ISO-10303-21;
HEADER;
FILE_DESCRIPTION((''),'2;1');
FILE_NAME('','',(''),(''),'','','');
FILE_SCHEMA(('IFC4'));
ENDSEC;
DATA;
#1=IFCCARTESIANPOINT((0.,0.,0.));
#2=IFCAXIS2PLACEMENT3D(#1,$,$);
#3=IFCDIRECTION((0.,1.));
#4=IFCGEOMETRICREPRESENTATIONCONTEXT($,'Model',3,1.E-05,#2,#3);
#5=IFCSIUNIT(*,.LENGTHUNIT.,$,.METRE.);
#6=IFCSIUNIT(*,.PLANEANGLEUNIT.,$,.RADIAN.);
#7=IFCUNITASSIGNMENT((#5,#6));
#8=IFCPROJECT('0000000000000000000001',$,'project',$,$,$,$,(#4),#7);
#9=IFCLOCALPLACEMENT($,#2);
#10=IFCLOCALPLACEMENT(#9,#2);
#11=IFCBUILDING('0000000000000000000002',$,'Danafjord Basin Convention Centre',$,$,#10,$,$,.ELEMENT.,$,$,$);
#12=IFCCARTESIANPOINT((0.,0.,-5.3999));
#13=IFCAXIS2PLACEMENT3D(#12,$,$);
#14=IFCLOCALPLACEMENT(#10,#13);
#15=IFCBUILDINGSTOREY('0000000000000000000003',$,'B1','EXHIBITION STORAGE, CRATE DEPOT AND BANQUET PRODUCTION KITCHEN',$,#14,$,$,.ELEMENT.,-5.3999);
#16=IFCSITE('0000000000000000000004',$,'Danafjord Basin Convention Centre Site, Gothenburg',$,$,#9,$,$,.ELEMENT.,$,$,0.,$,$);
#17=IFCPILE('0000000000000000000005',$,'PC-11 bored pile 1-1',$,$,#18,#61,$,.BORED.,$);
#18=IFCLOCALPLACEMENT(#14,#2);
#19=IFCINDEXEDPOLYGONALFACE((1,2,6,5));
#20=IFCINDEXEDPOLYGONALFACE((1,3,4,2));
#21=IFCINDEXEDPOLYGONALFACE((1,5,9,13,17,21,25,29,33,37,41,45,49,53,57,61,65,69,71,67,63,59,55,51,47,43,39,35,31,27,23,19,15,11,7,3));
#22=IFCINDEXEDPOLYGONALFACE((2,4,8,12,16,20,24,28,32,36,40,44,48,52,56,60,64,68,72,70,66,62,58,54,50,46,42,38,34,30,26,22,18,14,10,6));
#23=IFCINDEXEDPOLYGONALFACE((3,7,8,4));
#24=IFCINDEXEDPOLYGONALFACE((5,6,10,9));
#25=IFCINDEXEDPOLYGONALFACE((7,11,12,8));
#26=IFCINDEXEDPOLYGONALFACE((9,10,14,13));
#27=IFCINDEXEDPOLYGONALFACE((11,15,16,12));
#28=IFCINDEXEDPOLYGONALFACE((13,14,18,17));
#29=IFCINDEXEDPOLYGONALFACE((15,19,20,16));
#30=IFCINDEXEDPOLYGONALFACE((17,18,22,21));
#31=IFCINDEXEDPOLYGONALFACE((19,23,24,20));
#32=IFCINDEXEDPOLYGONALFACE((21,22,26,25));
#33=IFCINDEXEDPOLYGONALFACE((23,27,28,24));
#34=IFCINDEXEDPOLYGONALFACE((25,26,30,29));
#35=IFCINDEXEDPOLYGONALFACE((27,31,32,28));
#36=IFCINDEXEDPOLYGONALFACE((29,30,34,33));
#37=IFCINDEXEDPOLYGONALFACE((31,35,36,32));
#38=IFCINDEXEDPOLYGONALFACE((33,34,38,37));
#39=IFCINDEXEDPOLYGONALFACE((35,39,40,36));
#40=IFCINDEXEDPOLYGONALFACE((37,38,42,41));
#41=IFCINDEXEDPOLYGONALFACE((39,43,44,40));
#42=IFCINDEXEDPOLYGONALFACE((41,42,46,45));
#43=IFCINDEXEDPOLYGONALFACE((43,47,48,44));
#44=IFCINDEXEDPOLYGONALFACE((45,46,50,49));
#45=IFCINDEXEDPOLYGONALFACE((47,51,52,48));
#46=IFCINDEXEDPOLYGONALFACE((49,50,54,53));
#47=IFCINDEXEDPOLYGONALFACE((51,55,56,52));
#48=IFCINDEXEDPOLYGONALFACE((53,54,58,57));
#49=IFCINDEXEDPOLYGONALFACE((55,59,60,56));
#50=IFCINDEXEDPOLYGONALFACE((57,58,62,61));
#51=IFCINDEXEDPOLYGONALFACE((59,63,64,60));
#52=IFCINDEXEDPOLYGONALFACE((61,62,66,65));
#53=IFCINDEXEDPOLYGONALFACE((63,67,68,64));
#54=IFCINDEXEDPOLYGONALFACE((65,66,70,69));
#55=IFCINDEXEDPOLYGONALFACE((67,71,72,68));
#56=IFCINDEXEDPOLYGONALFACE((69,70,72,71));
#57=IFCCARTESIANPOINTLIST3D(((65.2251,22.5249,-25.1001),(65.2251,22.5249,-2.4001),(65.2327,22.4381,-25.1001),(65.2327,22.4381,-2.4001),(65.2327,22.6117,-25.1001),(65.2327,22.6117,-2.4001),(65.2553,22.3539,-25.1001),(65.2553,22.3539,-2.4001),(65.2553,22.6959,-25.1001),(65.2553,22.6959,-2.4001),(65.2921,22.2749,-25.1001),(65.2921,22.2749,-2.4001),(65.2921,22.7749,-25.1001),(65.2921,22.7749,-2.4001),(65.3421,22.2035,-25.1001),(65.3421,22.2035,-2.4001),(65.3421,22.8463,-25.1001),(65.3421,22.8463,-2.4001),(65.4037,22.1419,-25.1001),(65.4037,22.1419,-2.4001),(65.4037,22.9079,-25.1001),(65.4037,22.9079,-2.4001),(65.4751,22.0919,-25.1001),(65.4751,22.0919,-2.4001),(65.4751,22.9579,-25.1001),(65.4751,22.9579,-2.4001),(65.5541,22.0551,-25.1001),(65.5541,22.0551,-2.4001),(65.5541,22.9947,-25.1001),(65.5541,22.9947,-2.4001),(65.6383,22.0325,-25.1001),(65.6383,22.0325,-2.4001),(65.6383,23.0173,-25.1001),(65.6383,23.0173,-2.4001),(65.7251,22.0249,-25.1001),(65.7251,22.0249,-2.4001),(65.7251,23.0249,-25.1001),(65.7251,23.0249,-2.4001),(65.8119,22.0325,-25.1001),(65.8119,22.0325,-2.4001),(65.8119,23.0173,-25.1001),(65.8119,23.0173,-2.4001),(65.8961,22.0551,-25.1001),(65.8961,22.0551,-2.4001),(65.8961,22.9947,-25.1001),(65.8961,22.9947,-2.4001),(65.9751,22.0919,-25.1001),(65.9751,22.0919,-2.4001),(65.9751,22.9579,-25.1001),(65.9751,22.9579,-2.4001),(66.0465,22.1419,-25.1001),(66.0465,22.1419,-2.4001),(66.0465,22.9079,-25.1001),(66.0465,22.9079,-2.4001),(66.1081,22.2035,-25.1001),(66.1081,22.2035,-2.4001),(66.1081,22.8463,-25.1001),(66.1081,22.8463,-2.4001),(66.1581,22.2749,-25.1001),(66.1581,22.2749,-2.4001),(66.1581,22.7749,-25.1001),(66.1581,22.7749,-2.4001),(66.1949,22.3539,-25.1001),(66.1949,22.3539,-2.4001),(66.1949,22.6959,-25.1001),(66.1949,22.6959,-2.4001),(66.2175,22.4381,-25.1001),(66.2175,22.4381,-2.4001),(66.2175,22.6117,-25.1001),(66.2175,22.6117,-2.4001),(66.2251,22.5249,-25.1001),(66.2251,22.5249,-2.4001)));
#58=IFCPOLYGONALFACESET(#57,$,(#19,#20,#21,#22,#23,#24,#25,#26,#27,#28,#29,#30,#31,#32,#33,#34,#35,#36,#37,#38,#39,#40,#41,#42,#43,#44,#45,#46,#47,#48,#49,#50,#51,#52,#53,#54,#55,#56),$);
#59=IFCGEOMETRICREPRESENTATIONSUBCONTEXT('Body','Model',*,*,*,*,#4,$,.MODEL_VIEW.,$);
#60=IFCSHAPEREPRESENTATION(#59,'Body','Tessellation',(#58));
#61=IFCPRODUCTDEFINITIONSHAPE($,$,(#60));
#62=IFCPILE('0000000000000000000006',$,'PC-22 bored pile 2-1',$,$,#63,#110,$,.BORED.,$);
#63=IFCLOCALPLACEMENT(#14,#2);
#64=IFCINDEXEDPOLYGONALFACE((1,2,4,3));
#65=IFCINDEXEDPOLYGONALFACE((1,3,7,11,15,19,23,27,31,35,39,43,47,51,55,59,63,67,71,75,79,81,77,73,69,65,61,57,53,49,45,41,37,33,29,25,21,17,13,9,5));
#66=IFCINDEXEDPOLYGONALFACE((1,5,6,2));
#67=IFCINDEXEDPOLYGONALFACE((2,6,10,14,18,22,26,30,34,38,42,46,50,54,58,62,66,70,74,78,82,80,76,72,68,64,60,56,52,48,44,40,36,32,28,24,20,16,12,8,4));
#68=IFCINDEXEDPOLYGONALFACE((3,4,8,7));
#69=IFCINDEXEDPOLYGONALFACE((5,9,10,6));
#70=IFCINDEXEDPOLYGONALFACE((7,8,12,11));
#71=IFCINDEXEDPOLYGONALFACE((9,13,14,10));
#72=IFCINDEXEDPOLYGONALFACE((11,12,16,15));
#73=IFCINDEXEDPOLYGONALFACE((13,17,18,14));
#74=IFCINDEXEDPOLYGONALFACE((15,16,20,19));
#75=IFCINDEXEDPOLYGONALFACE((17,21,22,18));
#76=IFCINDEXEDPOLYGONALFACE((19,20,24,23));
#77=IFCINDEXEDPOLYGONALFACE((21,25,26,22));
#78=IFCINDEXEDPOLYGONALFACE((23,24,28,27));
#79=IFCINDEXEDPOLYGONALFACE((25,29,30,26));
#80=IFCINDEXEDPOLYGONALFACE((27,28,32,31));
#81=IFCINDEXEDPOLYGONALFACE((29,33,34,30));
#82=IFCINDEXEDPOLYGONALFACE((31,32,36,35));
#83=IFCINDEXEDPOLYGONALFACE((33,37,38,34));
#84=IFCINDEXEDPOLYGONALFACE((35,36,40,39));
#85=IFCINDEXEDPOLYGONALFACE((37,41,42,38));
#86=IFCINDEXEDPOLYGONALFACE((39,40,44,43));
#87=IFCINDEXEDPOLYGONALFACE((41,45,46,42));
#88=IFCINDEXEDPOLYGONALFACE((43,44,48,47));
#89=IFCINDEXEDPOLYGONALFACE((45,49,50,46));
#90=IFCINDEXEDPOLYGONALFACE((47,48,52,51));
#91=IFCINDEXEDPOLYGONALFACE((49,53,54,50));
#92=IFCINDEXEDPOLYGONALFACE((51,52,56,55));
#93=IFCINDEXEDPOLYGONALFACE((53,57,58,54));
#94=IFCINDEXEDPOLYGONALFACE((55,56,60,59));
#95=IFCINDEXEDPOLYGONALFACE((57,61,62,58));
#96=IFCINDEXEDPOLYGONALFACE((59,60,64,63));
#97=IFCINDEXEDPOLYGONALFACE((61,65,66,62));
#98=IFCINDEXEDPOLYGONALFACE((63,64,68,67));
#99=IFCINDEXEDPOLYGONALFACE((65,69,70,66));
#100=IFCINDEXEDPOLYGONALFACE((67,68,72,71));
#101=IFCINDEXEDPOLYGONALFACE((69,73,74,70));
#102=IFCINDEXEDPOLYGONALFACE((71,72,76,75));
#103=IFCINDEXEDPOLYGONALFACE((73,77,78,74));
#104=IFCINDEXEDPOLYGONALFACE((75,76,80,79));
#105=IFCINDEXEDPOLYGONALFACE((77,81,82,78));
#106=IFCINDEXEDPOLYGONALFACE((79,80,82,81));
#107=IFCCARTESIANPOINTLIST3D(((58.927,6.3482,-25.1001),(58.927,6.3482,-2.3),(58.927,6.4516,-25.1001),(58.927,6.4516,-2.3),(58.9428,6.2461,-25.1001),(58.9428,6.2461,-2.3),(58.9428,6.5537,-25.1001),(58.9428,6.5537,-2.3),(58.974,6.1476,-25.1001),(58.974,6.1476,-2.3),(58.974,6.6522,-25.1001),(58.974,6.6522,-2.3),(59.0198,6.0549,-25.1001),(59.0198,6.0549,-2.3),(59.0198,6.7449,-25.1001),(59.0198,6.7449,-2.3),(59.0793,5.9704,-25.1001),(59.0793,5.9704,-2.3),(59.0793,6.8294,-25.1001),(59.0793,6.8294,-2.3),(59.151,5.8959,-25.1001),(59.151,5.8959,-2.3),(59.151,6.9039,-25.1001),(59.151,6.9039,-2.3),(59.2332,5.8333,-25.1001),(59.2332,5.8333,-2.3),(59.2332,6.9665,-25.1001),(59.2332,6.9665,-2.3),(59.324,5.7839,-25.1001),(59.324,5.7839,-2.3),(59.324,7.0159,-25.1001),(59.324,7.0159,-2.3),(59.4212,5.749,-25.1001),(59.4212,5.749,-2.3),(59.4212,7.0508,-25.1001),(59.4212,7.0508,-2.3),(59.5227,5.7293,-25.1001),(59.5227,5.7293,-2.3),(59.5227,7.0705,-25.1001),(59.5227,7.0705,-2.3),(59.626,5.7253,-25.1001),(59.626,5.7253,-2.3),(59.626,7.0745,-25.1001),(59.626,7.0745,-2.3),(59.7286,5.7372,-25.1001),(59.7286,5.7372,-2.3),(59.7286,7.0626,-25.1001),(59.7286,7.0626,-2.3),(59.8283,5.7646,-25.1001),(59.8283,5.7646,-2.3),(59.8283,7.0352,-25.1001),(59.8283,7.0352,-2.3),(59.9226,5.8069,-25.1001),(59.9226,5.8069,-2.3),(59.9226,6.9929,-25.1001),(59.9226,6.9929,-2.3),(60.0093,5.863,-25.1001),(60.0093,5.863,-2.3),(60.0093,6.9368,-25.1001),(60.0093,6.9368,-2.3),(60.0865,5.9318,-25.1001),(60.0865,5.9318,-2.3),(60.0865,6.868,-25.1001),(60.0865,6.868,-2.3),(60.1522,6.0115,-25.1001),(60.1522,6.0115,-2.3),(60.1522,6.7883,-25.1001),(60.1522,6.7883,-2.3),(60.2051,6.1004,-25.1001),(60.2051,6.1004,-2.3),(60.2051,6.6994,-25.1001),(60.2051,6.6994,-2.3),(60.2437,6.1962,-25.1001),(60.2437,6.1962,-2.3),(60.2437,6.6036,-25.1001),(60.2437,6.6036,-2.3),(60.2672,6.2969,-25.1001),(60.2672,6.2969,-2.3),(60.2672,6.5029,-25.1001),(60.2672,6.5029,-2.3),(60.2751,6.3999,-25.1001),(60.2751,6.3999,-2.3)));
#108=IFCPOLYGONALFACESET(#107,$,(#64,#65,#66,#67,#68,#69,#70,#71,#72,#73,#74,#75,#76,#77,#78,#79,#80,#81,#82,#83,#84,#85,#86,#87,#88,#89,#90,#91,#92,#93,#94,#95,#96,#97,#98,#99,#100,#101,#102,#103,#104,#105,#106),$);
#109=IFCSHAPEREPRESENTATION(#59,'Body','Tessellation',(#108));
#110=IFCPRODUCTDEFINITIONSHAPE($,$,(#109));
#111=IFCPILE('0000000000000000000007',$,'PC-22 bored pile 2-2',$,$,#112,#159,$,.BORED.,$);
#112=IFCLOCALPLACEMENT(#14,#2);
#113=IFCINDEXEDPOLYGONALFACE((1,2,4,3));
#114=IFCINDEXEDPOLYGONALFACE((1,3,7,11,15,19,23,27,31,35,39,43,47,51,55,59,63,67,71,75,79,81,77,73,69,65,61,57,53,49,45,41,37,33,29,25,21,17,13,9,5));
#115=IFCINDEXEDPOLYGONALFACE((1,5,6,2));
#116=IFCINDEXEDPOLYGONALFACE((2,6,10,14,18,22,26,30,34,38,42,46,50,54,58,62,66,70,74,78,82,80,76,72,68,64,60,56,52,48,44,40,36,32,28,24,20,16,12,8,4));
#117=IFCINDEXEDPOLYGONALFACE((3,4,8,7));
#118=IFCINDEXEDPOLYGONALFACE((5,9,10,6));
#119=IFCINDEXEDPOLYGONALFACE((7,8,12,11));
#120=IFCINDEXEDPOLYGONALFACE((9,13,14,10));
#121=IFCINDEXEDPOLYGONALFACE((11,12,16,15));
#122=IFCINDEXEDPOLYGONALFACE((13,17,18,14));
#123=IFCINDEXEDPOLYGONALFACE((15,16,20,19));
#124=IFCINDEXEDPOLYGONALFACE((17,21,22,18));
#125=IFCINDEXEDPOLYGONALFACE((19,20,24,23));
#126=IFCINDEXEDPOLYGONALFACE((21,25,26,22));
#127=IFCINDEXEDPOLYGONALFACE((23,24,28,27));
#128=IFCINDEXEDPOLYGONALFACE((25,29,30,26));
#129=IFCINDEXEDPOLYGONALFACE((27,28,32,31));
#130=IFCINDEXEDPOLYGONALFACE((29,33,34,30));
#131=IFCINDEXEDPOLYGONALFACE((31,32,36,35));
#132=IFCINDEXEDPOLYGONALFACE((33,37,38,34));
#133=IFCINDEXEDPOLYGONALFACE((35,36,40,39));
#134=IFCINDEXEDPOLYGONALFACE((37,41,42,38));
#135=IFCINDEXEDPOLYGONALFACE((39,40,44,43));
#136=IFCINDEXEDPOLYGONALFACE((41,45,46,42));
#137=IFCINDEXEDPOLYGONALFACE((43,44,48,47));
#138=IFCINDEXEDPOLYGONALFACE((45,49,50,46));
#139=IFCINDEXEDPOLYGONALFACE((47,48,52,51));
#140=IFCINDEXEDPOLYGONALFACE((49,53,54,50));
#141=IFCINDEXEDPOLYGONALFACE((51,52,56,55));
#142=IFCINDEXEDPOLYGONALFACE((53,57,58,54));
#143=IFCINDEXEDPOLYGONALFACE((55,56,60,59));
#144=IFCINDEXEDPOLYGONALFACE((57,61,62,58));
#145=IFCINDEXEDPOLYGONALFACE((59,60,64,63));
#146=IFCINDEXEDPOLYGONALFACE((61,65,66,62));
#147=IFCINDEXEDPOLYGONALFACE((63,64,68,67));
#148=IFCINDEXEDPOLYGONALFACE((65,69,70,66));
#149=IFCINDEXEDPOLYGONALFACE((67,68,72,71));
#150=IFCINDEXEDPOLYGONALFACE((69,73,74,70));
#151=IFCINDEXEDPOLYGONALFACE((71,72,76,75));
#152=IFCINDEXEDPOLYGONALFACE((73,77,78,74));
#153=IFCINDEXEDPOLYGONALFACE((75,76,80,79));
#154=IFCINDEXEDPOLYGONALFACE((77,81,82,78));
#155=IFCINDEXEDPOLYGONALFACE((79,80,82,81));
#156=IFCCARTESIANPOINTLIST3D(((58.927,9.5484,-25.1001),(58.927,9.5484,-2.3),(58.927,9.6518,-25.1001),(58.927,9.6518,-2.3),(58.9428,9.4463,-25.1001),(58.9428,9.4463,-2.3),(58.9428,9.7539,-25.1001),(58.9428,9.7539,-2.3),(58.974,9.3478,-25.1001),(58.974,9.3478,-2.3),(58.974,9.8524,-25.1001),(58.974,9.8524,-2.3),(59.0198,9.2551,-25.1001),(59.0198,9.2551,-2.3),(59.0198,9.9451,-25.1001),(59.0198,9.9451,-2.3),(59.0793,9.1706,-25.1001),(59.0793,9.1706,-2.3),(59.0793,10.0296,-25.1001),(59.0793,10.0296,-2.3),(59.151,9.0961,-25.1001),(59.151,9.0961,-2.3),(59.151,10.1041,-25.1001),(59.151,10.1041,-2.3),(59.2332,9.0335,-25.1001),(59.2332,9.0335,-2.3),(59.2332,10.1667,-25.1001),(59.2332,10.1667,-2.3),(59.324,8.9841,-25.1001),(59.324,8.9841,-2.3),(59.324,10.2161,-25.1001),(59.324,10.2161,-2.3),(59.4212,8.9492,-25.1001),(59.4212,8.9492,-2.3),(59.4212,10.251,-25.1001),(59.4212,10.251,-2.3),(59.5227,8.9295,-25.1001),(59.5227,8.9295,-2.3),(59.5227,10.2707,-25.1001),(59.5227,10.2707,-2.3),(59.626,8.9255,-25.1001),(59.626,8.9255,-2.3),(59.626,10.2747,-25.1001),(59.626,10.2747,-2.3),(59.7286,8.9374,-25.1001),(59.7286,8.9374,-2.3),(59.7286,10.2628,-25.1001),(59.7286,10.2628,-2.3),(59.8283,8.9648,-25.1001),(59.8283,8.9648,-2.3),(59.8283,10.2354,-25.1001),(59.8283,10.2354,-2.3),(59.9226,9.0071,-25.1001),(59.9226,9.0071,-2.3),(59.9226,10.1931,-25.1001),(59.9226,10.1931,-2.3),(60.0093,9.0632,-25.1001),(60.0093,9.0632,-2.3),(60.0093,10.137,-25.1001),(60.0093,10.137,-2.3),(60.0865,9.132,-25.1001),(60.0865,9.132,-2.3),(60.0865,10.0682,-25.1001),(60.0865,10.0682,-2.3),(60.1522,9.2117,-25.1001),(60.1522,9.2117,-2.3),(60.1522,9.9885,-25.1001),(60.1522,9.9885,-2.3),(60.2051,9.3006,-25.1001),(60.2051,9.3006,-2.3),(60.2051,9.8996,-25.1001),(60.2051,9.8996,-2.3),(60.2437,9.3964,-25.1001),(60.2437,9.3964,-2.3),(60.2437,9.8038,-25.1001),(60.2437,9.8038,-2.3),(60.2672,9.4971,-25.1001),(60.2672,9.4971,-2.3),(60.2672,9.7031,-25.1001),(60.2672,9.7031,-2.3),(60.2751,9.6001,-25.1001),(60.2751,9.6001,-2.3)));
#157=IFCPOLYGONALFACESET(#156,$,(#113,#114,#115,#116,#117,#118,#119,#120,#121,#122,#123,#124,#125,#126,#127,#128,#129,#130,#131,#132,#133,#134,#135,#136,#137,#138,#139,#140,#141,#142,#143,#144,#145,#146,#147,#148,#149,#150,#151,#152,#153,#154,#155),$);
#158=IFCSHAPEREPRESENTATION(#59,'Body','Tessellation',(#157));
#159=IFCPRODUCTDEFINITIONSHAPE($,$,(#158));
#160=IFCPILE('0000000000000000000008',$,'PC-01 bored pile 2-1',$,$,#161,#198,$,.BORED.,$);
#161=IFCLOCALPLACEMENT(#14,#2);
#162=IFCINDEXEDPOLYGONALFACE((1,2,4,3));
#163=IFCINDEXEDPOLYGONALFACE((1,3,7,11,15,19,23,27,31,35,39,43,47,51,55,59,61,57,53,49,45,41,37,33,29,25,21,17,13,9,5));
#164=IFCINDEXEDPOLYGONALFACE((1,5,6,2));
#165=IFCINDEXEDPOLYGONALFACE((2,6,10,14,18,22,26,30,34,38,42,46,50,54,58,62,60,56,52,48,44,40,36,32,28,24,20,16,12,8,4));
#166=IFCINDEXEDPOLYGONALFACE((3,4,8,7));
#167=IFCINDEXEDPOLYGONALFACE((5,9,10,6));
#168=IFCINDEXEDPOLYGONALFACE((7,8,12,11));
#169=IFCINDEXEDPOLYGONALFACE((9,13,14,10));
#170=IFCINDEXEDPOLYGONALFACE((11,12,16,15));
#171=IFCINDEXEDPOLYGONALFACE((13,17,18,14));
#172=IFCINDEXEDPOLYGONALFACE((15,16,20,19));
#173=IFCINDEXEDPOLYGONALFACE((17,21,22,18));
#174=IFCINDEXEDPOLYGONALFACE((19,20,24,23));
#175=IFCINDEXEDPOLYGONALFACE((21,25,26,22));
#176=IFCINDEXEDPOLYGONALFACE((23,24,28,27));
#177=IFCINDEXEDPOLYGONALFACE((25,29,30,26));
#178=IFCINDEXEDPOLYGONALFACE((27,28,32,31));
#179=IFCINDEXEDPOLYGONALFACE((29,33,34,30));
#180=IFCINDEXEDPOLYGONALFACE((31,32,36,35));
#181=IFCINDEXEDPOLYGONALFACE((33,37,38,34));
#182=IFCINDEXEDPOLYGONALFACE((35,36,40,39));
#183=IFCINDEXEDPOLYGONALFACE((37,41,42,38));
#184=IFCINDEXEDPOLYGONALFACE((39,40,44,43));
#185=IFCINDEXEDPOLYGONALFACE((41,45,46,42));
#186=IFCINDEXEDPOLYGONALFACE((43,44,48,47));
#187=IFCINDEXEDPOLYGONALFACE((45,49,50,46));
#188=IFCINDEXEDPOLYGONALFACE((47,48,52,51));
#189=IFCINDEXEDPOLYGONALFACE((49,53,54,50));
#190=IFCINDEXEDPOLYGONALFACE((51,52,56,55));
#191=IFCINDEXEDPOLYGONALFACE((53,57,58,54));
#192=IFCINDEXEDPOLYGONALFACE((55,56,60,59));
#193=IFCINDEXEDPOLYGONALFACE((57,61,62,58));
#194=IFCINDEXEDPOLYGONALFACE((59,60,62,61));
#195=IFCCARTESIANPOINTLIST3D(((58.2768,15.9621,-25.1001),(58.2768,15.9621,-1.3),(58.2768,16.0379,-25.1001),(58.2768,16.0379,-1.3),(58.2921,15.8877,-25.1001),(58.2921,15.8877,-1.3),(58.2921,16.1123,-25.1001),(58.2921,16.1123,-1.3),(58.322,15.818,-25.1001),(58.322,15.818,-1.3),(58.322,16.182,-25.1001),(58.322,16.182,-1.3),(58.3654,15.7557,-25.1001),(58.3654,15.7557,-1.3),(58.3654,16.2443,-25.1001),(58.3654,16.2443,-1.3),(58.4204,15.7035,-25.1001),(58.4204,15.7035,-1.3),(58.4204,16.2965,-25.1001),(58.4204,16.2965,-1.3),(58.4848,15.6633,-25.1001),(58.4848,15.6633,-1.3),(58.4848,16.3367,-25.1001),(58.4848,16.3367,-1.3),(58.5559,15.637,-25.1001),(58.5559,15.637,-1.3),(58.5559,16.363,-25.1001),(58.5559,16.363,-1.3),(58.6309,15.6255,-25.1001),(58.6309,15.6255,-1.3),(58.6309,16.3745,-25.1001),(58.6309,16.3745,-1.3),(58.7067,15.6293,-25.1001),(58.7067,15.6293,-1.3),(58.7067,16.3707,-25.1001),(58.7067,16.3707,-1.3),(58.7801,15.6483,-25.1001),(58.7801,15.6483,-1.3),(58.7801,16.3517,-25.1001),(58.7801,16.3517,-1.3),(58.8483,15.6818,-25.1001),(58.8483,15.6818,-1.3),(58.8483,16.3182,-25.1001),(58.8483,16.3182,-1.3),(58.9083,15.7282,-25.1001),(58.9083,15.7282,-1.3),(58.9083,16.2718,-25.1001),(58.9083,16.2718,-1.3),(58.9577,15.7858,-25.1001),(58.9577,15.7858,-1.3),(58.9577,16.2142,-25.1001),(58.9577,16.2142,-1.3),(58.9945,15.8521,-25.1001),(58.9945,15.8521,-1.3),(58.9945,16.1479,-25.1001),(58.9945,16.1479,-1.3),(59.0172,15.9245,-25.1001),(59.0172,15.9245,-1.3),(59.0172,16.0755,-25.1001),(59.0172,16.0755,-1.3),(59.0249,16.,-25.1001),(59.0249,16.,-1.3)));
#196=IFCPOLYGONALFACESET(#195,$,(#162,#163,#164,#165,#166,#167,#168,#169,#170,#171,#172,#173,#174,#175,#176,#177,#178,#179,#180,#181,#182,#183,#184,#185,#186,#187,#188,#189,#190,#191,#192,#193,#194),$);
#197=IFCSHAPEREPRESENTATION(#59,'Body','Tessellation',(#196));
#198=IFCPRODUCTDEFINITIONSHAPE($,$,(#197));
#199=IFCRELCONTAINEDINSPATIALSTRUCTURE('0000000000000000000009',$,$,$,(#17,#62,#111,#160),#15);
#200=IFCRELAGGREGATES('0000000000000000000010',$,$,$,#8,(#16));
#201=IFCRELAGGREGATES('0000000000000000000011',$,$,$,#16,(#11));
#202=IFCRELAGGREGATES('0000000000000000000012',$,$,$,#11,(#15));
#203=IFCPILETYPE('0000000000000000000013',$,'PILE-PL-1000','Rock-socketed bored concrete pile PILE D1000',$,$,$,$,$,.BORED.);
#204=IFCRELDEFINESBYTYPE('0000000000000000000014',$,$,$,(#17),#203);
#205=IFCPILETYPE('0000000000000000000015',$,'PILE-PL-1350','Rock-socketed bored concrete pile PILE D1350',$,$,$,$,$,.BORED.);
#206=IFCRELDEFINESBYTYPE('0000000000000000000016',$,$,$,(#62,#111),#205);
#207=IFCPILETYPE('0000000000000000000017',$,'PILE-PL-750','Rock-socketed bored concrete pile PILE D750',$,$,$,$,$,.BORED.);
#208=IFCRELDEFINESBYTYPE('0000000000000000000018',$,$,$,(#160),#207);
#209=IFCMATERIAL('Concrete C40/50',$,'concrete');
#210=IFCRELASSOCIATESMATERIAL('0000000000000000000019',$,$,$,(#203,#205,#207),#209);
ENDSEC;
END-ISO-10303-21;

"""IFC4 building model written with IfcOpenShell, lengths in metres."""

from ifc_helpers import new_model, si_unit, direction, frame, origin, origin_2d, place, context, subcontext, project, spatial, circle, extrude, material, material_profile, profile_set, type_object, element, save


model = new_model("IFC4")

# Units and contexts
model_context = context("Model", 3, precision=1e-05, world=origin(), true_north=direction((0.0, 1.0)))
body_context = subcontext(model_context, "Body", "Model", "MODEL_VIEW")
ifc_project = project(units=[si_unit("LENGTHUNIT", "METRE"), si_unit("PLANEANGLEUNIT", "RADIAN")], contexts=[model_context])

# Site, building, storey
site_placement = place(None, origin())
site = spatial("IfcSite", under=ifc_project, at=site_placement, Name="Danafjord Basin Convention Centre Site, Gothenburg", CompositionType="ELEMENT", RefElevation=0.0)
building_placement = place(site_placement, origin())
building = spatial("IfcBuilding", under=site, at=building_placement, Name="Danafjord Basin Convention Centre", CompositionType="ELEMENT")
storey_placement = place(building_placement, frame((0.0, 0.0, -5.3999)))
storey = spatial("IfcBuildingStorey", under=building, at=storey_placement, Name="B1", Description="EXHIBITION STORAGE, CRATE DEPOT AND BANQUET PRODUCTION KITCHEN", CompositionType="ELEMENT", Elevation=-5.3999)

# Shared definitions
ifc_material_1 = material(Name="Concrete C40/50", Category="concrete")

# Piles
ifc_material_profile_1 = material_profile(ifc_material_1, circle(Radius=0.5, at=origin_2d()), Name="PILE D1000")
ifc_profile_set_1 = profile_set([ifc_material_profile_1], Name="Concrete C40/50")
pile_type_1 = type_object("IfcPileType", Name="PILE-PL-1000", Description="Rock-socketed bored concrete pile PILE D1000", PredefinedType="BORED", material=ifc_profile_set_1)
pile_1_placement = place(storey_placement, frame((65.7251, 22.5249, -2.4001), z_axis=(0.0, 0.0, -1.0), x_axis=(1.0, 0.0, 0.0)))
element("IfcPile", 1, at=pile_1_placement, inside=storey, type_object=pile_type_1, Name="PC-11 bored pile 1-1", PredefinedType="BORED", context=body_context, shape_type="SweptSolid", body=[
    extrude(circle(Radius=0.5, at=origin_2d()), origin(), (0.0, 0.0, 1.0), 22.7),
])
ifc_material_profile_2 = material_profile(ifc_material_1, circle(Radius=0.675, at=origin_2d()), Name="PILE D1350")
ifc_profile_set_2 = profile_set([ifc_material_profile_2], Name="Concrete C40/50")
pile_type_2 = type_object("IfcPileType", Name="PILE-PL-1350", Description="Rock-socketed bored concrete pile PILE D1350", PredefinedType="BORED", material=ifc_profile_set_2)
for number, where, z_axis, x_axis, name in (
    (2, (59.6001, 6.3999, -2.3), (0.0, 0.0, -1.0), (1.0, 0.0, 0.0), "PC-22 bored pile 2-1"),
    (3, (59.6001, 9.6001, -2.3), (0.0, 0.0, -1.0), (1.0, 0.0, 0.0), "PC-22 bored pile 2-2"),
):
    element("IfcPile", number, at=place(storey_placement, frame(where, z_axis=z_axis, x_axis=x_axis)), inside=storey, type_object=pile_type_2, Name=name, PredefinedType="BORED", context=body_context, shape_type="SweptSolid", body=[
        extrude(circle(Radius=0.675, at=origin_2d()), origin(), (0.0, 0.0, 1.0), 22.8),
    ])
ifc_material_profile_3 = material_profile(ifc_material_1, circle(Radius=0.375, at=origin_2d()), Name="PILE D750")
ifc_profile_set_3 = profile_set([ifc_material_profile_3], Name="Concrete C40/50")
pile_type_3 = type_object("IfcPileType", Name="PILE-PL-750", Description="Rock-socketed bored concrete pile PILE D750", PredefinedType="BORED", material=ifc_profile_set_3)
pile_2_placement = place(storey_placement, frame((58.6499, 16.0, -1.3), z_axis=(0.0, 0.0, -1.0), x_axis=(1.0, 0.0, 0.0)))
element("IfcPile", 4, at=pile_2_placement, inside=storey, type_object=pile_type_3, Name="PC-01 bored pile 2-1", PredefinedType="BORED", context=body_context, shape_type="SweptSolid", body=[
    extrude(circle(Radius=0.375, at=origin_2d()), origin(), (0.0, 0.0, 1.0), 23.8),
])

save(model, "model.ifc")
